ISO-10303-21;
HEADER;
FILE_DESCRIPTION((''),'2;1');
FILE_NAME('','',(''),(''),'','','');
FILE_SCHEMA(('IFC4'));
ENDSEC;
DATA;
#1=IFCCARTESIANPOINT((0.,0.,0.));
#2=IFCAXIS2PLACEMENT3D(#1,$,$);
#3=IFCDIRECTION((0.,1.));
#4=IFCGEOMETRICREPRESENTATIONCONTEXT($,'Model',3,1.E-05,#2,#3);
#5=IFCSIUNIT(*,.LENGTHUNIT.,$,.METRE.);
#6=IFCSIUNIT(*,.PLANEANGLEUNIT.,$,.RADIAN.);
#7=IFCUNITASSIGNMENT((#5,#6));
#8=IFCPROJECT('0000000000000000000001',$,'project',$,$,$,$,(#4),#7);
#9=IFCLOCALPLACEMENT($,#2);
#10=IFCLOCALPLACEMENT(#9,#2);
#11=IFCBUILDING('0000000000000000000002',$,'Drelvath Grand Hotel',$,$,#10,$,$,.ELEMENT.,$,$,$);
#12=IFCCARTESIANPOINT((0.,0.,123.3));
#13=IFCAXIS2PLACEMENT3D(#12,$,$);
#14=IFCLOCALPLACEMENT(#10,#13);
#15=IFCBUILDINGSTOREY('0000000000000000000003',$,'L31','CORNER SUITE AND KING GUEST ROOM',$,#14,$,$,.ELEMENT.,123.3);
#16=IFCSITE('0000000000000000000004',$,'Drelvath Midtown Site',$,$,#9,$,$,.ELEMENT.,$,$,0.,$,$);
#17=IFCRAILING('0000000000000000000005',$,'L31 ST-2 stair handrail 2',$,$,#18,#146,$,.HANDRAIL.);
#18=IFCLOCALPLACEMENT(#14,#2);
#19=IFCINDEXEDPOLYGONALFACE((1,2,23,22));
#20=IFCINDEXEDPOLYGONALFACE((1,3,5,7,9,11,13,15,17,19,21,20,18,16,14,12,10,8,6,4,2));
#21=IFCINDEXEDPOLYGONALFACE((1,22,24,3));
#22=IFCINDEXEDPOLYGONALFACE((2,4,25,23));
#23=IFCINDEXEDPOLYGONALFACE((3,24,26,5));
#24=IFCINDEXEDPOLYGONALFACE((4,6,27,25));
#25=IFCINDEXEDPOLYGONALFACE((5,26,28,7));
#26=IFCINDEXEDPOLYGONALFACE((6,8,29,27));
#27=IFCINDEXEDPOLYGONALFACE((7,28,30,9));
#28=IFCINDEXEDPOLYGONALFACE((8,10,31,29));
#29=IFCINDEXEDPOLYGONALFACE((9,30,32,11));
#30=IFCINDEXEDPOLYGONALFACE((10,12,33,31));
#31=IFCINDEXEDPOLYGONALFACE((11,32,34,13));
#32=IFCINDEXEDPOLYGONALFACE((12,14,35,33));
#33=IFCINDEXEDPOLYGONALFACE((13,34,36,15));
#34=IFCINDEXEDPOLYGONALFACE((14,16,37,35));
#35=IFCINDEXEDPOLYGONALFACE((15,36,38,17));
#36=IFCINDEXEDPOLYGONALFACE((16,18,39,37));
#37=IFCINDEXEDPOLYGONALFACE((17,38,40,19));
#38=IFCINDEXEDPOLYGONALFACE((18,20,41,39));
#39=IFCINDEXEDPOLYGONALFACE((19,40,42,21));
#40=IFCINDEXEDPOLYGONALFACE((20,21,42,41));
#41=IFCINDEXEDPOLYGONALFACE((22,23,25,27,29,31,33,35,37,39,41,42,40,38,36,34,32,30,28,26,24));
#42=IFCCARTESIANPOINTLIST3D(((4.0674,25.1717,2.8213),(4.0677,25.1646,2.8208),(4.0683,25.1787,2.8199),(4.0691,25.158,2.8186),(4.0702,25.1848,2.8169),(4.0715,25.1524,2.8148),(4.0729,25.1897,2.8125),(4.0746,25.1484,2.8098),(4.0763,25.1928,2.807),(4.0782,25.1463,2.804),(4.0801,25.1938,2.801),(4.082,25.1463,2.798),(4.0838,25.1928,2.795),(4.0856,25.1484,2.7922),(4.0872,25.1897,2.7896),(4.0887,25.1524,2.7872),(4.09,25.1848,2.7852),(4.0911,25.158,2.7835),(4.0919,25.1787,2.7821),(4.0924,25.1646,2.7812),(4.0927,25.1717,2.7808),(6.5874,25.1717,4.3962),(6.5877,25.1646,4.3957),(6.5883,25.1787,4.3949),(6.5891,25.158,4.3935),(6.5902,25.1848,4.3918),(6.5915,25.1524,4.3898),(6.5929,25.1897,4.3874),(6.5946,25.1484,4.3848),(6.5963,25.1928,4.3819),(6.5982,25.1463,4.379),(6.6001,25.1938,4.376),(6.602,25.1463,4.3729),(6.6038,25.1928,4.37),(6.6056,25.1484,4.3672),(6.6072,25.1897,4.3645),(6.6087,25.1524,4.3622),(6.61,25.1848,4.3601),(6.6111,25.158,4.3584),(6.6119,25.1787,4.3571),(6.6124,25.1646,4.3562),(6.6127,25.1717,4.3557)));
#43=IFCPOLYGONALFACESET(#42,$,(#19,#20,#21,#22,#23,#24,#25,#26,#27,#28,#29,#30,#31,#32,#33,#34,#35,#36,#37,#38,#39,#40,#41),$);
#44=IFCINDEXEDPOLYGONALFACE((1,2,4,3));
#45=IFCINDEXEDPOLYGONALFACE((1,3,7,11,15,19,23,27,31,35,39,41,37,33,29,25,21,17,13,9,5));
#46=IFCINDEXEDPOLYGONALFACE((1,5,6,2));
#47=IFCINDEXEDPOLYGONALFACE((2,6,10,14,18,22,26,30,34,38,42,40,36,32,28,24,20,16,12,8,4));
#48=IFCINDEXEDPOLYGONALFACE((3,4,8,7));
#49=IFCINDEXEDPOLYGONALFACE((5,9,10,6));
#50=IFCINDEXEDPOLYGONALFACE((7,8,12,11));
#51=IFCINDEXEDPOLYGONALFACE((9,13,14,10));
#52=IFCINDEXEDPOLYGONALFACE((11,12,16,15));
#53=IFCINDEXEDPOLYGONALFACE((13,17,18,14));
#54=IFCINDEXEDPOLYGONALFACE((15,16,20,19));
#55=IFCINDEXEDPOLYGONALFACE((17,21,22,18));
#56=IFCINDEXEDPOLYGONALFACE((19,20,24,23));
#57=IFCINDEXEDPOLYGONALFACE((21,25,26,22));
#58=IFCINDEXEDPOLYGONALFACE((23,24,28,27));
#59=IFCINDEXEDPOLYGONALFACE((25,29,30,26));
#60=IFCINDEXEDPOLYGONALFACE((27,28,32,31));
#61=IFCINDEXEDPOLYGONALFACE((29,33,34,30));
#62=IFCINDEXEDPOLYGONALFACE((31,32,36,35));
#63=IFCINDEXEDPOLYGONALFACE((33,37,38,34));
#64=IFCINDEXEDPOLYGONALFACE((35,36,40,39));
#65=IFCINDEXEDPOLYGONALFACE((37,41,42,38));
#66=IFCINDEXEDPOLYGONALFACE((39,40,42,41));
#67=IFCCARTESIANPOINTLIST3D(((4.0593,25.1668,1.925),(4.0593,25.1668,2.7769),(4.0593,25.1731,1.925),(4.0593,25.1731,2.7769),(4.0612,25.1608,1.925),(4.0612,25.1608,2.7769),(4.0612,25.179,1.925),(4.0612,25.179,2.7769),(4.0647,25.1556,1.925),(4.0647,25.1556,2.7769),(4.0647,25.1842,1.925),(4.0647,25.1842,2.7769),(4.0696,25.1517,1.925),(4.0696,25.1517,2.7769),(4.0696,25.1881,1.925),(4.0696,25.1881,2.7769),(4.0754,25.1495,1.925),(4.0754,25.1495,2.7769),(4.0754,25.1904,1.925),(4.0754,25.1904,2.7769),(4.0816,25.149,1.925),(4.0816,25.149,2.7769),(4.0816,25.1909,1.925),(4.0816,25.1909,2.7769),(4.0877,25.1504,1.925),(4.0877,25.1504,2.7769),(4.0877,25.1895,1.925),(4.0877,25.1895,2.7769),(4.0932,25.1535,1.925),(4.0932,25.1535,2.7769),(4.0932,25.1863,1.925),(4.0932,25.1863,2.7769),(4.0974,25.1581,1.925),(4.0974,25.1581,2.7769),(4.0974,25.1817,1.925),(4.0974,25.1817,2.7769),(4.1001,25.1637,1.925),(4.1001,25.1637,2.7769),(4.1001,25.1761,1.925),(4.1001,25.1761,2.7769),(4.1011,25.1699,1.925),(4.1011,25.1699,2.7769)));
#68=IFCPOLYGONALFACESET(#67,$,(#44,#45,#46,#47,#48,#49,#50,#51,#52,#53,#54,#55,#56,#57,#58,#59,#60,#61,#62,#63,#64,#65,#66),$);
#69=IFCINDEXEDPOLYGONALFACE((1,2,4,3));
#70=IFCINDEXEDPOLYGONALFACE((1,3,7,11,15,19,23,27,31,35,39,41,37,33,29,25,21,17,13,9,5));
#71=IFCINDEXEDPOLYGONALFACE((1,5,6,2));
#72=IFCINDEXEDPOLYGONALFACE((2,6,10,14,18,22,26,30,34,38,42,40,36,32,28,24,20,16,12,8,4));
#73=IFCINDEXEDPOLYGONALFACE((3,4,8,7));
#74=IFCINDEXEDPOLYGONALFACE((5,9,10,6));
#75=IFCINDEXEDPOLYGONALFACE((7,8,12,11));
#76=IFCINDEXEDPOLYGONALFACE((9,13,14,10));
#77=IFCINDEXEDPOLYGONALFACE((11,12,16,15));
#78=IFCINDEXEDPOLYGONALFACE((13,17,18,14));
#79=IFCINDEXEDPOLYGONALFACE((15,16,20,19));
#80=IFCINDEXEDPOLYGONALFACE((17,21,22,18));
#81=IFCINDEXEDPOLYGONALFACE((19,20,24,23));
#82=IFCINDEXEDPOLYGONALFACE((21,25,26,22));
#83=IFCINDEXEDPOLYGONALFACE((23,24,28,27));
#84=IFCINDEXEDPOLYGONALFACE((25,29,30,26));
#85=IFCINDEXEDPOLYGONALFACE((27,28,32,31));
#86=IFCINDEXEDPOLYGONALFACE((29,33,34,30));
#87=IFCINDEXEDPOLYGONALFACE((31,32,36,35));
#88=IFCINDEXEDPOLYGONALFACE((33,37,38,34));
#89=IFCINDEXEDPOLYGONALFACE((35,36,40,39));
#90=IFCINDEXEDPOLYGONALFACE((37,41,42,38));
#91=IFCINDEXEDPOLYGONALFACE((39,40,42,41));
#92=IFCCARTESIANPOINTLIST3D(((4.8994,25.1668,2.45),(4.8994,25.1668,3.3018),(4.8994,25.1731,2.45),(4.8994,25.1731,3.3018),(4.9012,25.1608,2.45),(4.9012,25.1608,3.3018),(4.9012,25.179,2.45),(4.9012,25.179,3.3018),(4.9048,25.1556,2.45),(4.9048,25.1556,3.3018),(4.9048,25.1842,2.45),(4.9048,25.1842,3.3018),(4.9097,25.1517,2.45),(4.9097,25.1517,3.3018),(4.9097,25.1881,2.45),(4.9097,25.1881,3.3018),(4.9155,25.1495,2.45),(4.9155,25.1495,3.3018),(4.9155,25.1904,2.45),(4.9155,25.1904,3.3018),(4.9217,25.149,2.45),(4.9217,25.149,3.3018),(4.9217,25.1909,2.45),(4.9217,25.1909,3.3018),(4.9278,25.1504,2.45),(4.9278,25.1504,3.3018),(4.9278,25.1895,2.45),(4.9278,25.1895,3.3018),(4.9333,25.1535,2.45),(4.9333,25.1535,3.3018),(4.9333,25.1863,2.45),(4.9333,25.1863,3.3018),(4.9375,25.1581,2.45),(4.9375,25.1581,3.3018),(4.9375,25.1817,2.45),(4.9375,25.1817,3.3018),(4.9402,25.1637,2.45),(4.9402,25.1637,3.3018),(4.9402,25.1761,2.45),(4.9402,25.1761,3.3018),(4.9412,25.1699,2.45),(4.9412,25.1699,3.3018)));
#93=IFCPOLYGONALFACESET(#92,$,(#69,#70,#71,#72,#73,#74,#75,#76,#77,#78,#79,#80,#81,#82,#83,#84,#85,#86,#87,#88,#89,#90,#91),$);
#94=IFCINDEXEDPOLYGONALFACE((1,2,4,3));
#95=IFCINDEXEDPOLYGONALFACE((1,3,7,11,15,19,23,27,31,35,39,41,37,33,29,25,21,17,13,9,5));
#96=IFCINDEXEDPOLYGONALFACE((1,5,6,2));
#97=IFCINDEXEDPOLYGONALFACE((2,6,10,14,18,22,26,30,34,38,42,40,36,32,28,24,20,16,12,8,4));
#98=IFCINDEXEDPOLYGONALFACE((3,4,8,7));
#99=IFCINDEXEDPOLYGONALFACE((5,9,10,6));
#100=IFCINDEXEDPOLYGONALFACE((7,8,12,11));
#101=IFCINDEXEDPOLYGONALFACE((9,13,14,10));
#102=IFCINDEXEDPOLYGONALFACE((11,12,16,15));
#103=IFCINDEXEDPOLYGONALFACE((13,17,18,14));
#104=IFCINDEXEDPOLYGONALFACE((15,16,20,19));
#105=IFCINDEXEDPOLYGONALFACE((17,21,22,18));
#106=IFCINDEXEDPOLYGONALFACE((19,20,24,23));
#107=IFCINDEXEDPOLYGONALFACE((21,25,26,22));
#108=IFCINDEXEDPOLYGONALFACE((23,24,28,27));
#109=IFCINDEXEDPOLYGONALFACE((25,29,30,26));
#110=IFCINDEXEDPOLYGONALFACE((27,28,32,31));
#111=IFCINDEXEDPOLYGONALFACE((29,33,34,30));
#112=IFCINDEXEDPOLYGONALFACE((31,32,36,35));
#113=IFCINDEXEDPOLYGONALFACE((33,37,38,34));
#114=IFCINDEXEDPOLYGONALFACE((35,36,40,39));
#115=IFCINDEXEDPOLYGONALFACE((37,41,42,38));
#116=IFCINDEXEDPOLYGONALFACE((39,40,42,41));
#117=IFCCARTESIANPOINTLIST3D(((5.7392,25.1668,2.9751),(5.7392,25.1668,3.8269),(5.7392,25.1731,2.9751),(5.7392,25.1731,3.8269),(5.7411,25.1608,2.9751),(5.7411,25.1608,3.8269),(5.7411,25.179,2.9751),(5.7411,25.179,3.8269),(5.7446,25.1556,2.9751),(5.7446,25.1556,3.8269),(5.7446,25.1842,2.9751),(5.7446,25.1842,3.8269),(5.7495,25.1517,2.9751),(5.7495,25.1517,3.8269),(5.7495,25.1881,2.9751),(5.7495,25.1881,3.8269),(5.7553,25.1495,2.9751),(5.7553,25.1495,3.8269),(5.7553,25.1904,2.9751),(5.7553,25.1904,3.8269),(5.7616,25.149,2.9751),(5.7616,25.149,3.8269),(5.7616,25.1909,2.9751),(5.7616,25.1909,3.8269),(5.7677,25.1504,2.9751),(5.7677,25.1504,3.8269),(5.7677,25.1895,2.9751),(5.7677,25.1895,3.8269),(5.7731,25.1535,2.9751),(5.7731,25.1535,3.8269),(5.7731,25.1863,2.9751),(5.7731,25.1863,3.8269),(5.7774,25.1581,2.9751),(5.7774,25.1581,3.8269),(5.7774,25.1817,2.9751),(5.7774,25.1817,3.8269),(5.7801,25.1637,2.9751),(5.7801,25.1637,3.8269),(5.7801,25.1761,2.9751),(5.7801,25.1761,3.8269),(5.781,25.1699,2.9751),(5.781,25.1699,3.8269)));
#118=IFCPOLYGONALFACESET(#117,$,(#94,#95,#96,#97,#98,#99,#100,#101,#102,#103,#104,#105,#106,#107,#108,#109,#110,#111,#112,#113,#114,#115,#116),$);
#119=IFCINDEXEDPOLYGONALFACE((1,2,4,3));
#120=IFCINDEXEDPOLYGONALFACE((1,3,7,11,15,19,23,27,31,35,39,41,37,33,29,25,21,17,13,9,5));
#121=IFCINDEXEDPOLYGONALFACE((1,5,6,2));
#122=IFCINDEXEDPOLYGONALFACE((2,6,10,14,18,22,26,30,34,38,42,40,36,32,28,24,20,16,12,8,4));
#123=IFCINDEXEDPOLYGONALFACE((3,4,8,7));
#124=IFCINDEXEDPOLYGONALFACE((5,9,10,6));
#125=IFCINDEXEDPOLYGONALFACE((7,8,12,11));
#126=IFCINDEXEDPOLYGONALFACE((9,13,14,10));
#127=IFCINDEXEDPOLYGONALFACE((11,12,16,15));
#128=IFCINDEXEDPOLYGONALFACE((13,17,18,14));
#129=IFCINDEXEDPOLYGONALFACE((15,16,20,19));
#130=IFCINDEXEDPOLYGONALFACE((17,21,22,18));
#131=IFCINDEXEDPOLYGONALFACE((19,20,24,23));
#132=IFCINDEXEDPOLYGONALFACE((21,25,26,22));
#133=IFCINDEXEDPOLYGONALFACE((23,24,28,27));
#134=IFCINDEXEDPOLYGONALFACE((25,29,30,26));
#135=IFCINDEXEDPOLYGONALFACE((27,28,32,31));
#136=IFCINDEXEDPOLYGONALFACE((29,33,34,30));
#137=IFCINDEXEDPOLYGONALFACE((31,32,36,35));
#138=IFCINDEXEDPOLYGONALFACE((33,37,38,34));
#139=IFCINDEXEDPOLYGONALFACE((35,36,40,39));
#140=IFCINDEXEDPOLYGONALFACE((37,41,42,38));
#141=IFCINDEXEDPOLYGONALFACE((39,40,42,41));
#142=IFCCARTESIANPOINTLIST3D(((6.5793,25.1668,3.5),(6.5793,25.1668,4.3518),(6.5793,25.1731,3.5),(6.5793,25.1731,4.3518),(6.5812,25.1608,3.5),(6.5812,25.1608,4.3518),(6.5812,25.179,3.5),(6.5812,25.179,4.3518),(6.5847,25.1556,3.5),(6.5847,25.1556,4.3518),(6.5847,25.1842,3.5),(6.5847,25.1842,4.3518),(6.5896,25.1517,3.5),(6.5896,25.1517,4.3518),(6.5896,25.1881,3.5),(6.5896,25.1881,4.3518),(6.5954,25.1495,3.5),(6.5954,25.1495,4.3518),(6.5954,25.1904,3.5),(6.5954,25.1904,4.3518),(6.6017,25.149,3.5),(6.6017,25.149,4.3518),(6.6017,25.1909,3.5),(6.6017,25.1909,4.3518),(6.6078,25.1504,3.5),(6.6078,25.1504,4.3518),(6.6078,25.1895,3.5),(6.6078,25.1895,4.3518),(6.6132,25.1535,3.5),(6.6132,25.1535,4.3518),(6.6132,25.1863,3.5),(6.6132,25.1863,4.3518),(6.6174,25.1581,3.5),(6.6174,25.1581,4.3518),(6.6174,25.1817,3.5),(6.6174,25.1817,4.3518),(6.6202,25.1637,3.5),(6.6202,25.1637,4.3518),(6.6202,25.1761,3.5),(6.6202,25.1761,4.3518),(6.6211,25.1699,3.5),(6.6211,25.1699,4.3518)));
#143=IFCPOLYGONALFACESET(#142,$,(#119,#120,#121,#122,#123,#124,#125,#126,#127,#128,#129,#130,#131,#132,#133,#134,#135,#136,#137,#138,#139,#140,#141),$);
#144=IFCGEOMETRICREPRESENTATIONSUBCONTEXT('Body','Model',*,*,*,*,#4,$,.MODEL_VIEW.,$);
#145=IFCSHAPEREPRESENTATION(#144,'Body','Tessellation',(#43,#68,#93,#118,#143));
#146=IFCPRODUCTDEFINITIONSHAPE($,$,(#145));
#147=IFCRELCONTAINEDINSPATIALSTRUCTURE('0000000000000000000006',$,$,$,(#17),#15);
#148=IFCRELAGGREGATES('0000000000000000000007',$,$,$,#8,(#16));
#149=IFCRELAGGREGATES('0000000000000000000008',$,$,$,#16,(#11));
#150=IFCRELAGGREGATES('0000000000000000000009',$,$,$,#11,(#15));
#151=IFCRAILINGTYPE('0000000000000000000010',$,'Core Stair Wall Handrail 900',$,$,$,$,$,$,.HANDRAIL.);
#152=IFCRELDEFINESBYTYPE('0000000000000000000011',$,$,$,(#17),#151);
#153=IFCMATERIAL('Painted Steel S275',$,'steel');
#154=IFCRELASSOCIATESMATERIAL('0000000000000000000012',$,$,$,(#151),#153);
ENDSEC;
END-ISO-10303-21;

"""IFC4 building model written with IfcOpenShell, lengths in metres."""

from ifc_helpers import new_model, si_unit, direction, frame, origin, origin_2d, place, context, subcontext, project, spatial, circle, extrude, material, type_object, element, save


model = new_model("IFC4")

# Units and contexts
model_context = context("Model", 3, precision=1e-05, world=origin(), true_north=direction((0.0, 1.0)))
body_context = subcontext(model_context, "Body", "Model", "MODEL_VIEW")
ifc_project = project(units=[si_unit("LENGTHUNIT", "METRE"), si_unit("PLANEANGLEUNIT", "RADIAN")], contexts=[model_context])

# Site, building, storey
site_placement = place(None, origin())
site = spatial("IfcSite", under=ifc_project, at=site_placement, Name="Drelvath Midtown Site", CompositionType="ELEMENT", RefElevation=0.0)
building_placement = place(site_placement, origin())
building = spatial("IfcBuilding", under=site, at=building_placement, Name="Drelvath Grand Hotel", CompositionType="ELEMENT")
storey_placement = place(building_placement, frame((0.0, 0.0, 123.3)))
storey = spatial("IfcBuildingStorey", under=building, at=storey_placement, Name="L31", Description="CORNER SUITE AND KING GUEST ROOM", CompositionType="ELEMENT", Elevation=123.3)

# Railing
ifc_material_1 = material(Name="Painted Steel S275", Category="steel")
railing_type_1 = type_object("IfcRailingType", Name="Core Stair Wall Handrail 900", PredefinedType="HANDRAIL", material=ifc_material_1)
railing_1_placement = place(storey_placement, frame((4.0801, 25.1699, 1.925)))
element("IfcRailing", 1, at=railing_1_placement, inside=storey, type_object=railing_type_1, Name="L31 ST-2 stair handrail 2", PredefinedType="HANDRAIL", context=body_context, shape_type="SweptSolid", body=[
    extrude(circle(Radius=0.0239, at=origin_2d()), frame((0.0, 0.0, 0.876), z_axis=(0.848008, 0.0, 0.529984), x_axis=(0.0, 1.0, 0.0)), (0.0, 0.0, 1.0), 2.9717),
    extrude(circle(Radius=0.021, at=origin_2d()), origin(), (0.0, 0.0, 1.0), 0.8518),
    extrude(circle(Radius=0.021, at=origin_2d()), frame((0.8401, 0.0, 0.5249)), (0.0, 0.0, 1.0), 0.8518),
    extrude(circle(Radius=0.021, at=origin_2d()), frame((1.6799, 0.0, 1.05)), (0.0, 0.0, 1.0), 0.8518),
    extrude(circle(Radius=0.021, at=origin_2d()), frame((2.52, 0.0, 1.575)), (0.0, 0.0, 1.0), 0.8518),
])

save(model, "model.ifc")
